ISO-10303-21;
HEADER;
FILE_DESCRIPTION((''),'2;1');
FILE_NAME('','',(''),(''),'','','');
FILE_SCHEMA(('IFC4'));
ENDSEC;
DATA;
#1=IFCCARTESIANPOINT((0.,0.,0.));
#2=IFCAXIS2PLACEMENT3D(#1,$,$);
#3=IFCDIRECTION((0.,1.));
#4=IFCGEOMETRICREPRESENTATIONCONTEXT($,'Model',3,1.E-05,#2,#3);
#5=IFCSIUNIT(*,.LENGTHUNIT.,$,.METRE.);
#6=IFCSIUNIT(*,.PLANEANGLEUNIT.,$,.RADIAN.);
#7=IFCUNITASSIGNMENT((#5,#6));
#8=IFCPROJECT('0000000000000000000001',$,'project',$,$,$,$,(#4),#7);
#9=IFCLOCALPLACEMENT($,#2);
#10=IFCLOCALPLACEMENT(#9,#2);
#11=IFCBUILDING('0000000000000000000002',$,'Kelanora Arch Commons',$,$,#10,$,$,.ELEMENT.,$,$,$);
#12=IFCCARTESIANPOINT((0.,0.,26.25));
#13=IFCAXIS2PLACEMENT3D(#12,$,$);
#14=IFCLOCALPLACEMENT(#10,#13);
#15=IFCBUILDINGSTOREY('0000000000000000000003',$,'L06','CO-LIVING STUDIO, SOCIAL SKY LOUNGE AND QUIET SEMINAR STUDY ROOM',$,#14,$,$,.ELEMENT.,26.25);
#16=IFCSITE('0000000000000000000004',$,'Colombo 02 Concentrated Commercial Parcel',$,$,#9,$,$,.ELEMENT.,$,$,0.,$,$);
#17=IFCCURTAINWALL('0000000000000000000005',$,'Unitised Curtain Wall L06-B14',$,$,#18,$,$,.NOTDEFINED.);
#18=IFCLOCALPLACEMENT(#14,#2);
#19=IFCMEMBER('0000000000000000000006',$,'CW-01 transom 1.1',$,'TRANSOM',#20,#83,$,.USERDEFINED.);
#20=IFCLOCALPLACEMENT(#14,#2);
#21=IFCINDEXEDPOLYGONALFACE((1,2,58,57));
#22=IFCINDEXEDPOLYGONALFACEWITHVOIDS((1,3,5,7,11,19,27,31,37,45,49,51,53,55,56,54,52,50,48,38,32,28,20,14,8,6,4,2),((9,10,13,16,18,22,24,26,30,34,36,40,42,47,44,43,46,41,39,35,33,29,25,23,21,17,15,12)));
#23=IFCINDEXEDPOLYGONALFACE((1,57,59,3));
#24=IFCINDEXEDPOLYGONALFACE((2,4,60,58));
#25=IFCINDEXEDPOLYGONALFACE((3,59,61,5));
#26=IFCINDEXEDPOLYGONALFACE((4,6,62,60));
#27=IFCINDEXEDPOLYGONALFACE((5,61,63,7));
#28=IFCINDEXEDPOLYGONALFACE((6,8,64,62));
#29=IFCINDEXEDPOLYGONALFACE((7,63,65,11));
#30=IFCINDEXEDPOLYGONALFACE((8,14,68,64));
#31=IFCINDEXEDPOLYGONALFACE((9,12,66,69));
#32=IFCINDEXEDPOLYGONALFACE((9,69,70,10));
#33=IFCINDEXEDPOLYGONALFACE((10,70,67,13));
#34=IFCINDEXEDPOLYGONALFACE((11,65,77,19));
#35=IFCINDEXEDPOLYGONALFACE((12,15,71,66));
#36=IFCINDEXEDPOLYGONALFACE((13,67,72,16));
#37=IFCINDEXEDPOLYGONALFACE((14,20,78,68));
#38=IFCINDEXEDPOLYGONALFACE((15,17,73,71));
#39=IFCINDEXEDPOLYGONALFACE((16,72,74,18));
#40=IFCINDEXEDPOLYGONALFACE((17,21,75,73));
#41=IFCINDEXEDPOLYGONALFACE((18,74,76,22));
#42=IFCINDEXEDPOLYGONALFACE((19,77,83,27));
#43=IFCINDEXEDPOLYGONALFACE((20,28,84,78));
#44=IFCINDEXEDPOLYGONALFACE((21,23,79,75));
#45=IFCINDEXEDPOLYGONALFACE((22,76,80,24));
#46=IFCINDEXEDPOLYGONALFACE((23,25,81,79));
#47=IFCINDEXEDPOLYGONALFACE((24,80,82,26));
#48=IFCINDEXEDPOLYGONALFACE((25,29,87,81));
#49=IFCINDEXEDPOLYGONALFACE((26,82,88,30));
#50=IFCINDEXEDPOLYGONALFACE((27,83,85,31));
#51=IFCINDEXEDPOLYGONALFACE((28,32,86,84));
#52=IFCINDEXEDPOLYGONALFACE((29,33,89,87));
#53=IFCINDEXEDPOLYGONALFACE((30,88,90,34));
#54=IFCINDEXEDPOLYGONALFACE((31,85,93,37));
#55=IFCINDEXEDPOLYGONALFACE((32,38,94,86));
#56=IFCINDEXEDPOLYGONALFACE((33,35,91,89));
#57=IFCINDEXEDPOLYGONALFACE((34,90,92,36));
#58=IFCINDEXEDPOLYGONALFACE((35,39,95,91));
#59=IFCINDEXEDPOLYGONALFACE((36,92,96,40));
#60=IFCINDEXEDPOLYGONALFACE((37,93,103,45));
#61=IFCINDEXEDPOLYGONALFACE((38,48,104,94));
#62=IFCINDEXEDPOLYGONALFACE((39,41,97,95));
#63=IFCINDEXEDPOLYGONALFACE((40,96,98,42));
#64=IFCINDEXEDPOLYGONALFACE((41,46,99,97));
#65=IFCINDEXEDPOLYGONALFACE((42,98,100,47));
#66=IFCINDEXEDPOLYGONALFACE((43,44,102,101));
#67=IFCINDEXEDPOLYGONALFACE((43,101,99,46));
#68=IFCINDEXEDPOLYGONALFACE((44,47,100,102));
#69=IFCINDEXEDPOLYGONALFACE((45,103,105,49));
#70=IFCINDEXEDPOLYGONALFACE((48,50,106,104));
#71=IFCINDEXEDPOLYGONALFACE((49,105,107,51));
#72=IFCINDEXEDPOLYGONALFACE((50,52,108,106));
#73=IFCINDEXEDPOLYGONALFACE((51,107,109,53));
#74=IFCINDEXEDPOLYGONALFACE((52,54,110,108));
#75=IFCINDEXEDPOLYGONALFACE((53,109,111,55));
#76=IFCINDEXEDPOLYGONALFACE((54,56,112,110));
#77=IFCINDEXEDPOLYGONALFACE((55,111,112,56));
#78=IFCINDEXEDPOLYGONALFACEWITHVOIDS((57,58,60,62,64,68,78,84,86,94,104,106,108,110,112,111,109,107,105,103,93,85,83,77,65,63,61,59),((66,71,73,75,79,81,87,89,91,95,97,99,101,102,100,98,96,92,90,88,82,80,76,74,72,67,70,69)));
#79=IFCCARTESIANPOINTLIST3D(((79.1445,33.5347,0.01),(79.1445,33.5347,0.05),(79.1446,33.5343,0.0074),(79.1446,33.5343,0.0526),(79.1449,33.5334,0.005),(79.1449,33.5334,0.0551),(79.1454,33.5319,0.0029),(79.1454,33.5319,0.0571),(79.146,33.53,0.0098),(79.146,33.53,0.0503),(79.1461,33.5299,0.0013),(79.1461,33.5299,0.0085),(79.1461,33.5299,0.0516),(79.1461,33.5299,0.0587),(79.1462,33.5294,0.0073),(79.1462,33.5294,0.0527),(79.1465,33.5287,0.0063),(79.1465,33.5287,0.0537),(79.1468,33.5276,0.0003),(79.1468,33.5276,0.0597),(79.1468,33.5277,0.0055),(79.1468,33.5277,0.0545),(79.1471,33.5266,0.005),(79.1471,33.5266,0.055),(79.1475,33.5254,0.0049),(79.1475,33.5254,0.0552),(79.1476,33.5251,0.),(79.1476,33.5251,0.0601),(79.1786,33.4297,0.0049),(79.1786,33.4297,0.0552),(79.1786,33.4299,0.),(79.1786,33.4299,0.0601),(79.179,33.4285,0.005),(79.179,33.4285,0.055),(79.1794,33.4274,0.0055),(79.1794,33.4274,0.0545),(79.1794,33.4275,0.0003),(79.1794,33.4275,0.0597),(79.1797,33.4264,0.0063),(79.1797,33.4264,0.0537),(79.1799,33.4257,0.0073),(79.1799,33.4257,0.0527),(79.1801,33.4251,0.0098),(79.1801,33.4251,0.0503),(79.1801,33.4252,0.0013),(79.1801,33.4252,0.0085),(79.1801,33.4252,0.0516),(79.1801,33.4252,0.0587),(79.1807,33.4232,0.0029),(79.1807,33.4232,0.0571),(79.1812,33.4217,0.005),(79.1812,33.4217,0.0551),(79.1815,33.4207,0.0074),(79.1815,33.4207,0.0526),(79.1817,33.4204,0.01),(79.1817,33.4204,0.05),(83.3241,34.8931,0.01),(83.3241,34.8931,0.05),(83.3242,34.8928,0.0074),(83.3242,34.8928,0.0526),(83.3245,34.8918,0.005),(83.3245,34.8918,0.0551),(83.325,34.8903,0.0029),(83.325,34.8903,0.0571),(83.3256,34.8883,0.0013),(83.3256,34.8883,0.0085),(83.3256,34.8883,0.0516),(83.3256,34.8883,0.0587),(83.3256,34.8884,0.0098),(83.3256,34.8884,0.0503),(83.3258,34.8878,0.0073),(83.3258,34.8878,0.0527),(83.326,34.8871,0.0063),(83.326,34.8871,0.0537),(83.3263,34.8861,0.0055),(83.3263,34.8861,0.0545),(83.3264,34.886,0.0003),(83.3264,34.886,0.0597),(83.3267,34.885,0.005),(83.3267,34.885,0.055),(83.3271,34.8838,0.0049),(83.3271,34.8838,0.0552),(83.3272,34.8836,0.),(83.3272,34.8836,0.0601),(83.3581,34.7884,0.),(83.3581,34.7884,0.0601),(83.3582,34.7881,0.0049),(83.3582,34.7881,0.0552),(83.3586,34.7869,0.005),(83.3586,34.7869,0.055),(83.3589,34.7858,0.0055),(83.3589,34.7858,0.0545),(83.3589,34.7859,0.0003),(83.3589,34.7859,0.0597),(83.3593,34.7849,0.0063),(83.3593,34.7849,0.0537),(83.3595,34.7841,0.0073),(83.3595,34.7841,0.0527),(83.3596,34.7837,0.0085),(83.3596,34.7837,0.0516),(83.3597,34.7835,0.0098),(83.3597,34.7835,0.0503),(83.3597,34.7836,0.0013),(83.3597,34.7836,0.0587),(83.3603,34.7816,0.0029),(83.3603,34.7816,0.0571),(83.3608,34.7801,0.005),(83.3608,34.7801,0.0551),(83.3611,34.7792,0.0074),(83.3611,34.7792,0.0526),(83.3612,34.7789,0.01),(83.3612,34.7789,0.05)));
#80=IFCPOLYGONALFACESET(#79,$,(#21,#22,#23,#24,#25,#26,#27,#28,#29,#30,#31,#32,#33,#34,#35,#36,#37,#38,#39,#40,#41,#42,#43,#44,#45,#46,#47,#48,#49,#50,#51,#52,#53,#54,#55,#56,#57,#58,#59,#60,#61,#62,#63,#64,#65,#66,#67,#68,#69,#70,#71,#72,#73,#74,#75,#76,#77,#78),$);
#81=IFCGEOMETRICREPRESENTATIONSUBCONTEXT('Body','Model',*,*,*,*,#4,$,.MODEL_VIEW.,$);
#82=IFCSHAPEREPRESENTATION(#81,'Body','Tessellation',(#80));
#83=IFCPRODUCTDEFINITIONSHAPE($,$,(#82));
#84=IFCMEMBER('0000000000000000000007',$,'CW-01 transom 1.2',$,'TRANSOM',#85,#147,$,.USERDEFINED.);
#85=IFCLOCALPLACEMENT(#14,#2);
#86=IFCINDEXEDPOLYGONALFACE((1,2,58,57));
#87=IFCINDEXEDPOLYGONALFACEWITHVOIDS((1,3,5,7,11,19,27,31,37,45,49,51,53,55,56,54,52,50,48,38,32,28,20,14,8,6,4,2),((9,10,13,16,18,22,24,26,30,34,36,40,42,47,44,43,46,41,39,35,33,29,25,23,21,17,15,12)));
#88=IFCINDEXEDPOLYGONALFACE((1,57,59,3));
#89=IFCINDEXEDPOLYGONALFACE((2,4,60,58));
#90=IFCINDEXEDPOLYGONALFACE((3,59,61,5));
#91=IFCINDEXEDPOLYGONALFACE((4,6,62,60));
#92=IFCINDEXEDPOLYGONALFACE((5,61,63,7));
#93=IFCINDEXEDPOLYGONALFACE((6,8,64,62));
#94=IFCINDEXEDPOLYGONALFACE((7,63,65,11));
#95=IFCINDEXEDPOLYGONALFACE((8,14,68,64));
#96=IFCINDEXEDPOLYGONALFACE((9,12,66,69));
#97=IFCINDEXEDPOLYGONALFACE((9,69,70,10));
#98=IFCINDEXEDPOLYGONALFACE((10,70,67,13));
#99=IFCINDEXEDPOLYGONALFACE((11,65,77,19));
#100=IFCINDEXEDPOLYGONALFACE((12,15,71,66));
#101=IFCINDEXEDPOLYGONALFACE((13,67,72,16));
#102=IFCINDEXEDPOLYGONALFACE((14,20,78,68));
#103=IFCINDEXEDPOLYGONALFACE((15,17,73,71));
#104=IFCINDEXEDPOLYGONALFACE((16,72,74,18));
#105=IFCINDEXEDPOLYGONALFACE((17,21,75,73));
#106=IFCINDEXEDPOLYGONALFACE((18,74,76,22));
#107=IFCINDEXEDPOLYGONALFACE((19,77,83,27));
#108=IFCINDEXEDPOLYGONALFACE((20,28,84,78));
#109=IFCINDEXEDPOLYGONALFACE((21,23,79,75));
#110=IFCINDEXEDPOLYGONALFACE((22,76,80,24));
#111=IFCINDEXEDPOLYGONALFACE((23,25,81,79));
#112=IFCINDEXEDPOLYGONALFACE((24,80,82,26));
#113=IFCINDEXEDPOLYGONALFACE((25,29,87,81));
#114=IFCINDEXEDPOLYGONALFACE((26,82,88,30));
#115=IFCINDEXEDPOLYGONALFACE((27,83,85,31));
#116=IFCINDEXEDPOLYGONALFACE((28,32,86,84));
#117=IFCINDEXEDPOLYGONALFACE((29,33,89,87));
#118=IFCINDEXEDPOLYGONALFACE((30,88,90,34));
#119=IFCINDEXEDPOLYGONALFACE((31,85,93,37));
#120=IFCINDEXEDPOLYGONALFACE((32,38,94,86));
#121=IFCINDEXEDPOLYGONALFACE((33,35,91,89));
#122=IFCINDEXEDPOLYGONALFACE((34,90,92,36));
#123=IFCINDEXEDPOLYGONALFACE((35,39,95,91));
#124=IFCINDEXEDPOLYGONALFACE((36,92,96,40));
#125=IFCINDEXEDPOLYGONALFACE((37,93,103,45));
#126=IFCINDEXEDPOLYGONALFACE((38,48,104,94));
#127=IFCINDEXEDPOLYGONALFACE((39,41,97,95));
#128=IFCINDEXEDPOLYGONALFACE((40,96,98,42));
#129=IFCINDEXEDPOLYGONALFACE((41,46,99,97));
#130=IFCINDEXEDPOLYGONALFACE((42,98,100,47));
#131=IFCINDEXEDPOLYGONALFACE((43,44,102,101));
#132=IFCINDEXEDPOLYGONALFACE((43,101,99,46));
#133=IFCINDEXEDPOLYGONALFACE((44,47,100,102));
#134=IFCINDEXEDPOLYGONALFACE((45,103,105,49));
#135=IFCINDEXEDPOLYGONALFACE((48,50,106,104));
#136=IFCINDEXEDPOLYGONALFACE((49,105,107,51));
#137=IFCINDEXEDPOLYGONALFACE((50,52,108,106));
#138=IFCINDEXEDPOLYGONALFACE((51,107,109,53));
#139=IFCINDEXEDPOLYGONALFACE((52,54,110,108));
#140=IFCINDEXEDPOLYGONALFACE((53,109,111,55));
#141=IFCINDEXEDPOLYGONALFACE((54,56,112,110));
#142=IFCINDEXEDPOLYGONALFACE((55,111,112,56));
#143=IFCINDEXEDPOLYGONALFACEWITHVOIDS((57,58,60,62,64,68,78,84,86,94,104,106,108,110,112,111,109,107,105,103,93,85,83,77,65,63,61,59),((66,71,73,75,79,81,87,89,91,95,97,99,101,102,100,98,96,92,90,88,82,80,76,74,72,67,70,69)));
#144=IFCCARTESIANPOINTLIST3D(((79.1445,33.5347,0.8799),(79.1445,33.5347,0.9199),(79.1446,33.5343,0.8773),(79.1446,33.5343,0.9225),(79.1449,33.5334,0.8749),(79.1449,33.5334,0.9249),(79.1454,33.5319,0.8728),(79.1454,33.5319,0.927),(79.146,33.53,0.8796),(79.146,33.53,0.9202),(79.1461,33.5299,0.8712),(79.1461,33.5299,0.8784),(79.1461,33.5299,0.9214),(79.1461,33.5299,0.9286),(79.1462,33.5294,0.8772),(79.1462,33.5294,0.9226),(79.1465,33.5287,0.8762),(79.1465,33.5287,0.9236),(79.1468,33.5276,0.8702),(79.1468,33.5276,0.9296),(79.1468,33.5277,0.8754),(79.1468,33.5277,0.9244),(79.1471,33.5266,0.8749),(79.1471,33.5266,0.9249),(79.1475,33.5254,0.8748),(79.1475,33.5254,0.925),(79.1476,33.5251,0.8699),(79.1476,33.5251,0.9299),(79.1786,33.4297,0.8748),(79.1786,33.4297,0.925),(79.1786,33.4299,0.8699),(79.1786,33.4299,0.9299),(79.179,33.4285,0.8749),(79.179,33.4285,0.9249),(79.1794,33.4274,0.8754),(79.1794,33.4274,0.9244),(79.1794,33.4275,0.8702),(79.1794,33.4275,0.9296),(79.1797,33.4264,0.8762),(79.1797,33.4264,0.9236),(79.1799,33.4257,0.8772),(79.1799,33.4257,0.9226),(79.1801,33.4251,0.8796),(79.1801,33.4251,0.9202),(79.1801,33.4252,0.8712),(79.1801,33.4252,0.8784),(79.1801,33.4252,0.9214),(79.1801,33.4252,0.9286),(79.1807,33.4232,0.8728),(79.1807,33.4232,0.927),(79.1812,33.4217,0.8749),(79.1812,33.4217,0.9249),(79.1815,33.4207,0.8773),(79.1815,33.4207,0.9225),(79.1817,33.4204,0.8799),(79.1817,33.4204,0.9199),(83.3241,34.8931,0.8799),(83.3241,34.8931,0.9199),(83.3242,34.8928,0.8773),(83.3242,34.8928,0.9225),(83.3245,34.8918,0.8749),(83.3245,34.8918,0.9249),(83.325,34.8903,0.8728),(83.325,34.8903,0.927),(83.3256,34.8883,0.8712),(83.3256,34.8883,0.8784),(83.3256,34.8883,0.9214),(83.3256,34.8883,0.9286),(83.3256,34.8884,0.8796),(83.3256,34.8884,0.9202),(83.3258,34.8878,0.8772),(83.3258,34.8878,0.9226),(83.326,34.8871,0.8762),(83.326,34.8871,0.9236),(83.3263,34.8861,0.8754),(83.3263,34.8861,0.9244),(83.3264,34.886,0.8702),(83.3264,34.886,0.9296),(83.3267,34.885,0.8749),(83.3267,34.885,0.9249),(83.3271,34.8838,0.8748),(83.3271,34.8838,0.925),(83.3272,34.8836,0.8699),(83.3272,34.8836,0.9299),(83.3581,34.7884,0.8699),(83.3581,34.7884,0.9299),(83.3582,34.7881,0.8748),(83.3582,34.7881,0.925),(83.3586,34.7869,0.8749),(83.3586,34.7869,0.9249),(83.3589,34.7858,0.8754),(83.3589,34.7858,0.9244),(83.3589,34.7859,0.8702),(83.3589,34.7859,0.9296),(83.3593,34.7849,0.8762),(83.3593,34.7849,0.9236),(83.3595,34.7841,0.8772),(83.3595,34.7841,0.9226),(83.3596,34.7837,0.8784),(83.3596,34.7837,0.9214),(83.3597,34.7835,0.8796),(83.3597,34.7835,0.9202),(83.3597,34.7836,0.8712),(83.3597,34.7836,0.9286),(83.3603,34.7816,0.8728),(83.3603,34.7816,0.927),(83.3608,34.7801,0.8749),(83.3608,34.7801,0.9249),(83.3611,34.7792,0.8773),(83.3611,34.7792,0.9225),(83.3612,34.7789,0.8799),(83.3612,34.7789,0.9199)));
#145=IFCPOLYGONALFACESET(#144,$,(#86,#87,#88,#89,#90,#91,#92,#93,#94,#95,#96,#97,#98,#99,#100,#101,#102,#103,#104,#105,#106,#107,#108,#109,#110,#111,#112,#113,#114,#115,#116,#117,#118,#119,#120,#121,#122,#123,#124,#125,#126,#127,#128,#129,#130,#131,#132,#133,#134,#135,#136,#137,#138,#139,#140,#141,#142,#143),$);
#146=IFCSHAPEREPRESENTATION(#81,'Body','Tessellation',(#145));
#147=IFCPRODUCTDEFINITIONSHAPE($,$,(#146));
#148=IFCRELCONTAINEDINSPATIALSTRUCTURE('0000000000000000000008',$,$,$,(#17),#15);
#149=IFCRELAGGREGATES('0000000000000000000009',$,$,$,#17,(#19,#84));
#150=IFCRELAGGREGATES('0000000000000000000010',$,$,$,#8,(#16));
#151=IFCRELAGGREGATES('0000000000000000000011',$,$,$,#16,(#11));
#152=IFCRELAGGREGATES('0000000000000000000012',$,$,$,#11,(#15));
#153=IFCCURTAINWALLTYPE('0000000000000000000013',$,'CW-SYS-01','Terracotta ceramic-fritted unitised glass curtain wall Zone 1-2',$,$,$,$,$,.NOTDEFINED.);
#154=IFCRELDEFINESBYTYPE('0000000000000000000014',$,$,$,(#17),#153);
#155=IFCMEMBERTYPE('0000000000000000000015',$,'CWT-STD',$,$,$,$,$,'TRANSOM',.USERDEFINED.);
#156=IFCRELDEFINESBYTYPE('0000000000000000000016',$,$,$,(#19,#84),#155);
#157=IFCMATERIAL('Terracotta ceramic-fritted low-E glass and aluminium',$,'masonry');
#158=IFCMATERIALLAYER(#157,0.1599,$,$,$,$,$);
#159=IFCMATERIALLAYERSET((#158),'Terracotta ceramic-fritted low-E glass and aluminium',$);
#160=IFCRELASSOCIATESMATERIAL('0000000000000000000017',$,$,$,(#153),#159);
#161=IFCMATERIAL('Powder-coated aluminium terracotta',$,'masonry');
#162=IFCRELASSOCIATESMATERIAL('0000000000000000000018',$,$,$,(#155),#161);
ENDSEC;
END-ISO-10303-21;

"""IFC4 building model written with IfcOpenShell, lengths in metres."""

from ifc_helpers import new_model, si_unit, direction, frame, origin, origin_2d, place, context, subcontext, project, spatial, hollow_rectangle, extrude, material, layer, layer_set, material_profile, profile_set, type_object, element, aggregate, save


model = new_model("IFC4")

# Units and contexts
model_context = context("Model", 3, precision=1e-05, world=origin(), true_north=direction((0.0, 1.0)))
body_context = subcontext(model_context, "Body", "Model", "MODEL_VIEW")
ifc_project = project(units=[si_unit("LENGTHUNIT", "METRE"), si_unit("PLANEANGLEUNIT", "RADIAN")], contexts=[model_context])

# Site, building, storey
site_placement = place(None, origin())
site = spatial("IfcSite", under=ifc_project, at=site_placement, Name="Colombo 02 Concentrated Commercial Parcel", CompositionType="ELEMENT", RefElevation=0.0)
building_placement = place(site_placement, origin())
building = spatial("IfcBuilding", under=site, at=building_placement, Name="Kelanora Arch Commons", CompositionType="ELEMENT")
storey_placement = place(building_placement, frame((0.0, 0.0, 26.25)))
storey = spatial("IfcBuildingStorey", under=building, at=storey_placement, Name="L06", Description="CO-LIVING STUDIO, SOCIAL SKY LOUNGE AND QUIET SEMINAR STUDY ROOM", CompositionType="ELEMENT", Elevation=26.25)

# Curtain wall, members
ifc_material_1 = material(Name="Terracotta ceramic-fritted low-E glass and aluminium", Category="masonry")
ifc_layer_1 = layer(ifc_material_1, 0.1599)
ifc_layer_set_1 = layer_set([ifc_layer_1], Name="Terracotta ceramic-fritted low-E glass and aluminium")
curtain_wall_type = type_object("IfcCurtainWallType", Name="CW-SYS-01", Description="Terracotta ceramic-fritted unitised glass curtain wall Zone 1-2", PredefinedType="NOTDEFINED", material=ifc_layer_set_1)
curtain_wall_placement = place(storey_placement, origin())
curtain_wall = element("IfcCurtainWall", 1, at=curtain_wall_placement, inside=storey, type_object=curtain_wall_type, Name="Unitised Curtain Wall L06-B14", PredefinedType="NOTDEFINED")
ifc_material_2 = material(Name="Powder-coated aluminium terracotta", Category="masonry")
ifc_material_profile_1 = material_profile(ifc_material_2, hollow_rectangle(XDim=0.1201, YDim=0.0601, WallThickness=0.0049, InnerFilletRadius=0.0049, OuterFilletRadius=0.01, at=origin_2d()), Name="CWT120x60")
ifc_profile_set_1 = profile_set([ifc_material_profile_1], Name="Powder-coated aluminium terracotta")
member_type_1 = type_object("IfcMemberType", Name="CWT-STD", ElementType="TRANSOM", PredefinedType="USERDEFINED", material=ifc_profile_set_1)
member_1_placement = place(storey_placement, frame((79.1631, 33.4775, 0.03), z_axis=(0.951029, 0.309102, 0.0), x_axis=(-0.309102, 0.951029, 0.0)))
member_1 = element("IfcMember", 2, at=member_1_placement, type_object=member_type_1, Name="CW-01 transom 1.1", ObjectType="TRANSOM", PredefinedType="USERDEFINED", context=body_context, shape_type="SweptSolid", body=[
    extrude(hollow_rectangle(XDim=0.1201, YDim=0.0601, WallThickness=0.0049, InnerFilletRadius=0.0049, OuterFilletRadius=0.01, at=origin_2d()), origin(), (0.0, 0.0, 1.0), 4.3948),
])
member_2_placement = place(storey_placement, frame((79.1631, 33.4775, 0.8999), z_axis=(0.951029, 0.309102, 0.0), x_axis=(-0.309102, 0.951029, 0.0)))
member_2 = element("IfcMember", 3, at=member_2_placement, type_object=member_type_1, Name="CW-01 transom 1.2", ObjectType="TRANSOM", PredefinedType="USERDEFINED", context=body_context, shape_type="SweptSolid", body=[
    extrude(hollow_rectangle(XDim=0.1201, YDim=0.0601, WallThickness=0.0049, InnerFilletRadius=0.0049, OuterFilletRadius=0.01, at=origin_2d()), origin(), (0.0, 0.0, 1.0), 4.3948),
])
aggregate(curtain_wall, [member_1, member_2])

save(model, "model.ifc")
